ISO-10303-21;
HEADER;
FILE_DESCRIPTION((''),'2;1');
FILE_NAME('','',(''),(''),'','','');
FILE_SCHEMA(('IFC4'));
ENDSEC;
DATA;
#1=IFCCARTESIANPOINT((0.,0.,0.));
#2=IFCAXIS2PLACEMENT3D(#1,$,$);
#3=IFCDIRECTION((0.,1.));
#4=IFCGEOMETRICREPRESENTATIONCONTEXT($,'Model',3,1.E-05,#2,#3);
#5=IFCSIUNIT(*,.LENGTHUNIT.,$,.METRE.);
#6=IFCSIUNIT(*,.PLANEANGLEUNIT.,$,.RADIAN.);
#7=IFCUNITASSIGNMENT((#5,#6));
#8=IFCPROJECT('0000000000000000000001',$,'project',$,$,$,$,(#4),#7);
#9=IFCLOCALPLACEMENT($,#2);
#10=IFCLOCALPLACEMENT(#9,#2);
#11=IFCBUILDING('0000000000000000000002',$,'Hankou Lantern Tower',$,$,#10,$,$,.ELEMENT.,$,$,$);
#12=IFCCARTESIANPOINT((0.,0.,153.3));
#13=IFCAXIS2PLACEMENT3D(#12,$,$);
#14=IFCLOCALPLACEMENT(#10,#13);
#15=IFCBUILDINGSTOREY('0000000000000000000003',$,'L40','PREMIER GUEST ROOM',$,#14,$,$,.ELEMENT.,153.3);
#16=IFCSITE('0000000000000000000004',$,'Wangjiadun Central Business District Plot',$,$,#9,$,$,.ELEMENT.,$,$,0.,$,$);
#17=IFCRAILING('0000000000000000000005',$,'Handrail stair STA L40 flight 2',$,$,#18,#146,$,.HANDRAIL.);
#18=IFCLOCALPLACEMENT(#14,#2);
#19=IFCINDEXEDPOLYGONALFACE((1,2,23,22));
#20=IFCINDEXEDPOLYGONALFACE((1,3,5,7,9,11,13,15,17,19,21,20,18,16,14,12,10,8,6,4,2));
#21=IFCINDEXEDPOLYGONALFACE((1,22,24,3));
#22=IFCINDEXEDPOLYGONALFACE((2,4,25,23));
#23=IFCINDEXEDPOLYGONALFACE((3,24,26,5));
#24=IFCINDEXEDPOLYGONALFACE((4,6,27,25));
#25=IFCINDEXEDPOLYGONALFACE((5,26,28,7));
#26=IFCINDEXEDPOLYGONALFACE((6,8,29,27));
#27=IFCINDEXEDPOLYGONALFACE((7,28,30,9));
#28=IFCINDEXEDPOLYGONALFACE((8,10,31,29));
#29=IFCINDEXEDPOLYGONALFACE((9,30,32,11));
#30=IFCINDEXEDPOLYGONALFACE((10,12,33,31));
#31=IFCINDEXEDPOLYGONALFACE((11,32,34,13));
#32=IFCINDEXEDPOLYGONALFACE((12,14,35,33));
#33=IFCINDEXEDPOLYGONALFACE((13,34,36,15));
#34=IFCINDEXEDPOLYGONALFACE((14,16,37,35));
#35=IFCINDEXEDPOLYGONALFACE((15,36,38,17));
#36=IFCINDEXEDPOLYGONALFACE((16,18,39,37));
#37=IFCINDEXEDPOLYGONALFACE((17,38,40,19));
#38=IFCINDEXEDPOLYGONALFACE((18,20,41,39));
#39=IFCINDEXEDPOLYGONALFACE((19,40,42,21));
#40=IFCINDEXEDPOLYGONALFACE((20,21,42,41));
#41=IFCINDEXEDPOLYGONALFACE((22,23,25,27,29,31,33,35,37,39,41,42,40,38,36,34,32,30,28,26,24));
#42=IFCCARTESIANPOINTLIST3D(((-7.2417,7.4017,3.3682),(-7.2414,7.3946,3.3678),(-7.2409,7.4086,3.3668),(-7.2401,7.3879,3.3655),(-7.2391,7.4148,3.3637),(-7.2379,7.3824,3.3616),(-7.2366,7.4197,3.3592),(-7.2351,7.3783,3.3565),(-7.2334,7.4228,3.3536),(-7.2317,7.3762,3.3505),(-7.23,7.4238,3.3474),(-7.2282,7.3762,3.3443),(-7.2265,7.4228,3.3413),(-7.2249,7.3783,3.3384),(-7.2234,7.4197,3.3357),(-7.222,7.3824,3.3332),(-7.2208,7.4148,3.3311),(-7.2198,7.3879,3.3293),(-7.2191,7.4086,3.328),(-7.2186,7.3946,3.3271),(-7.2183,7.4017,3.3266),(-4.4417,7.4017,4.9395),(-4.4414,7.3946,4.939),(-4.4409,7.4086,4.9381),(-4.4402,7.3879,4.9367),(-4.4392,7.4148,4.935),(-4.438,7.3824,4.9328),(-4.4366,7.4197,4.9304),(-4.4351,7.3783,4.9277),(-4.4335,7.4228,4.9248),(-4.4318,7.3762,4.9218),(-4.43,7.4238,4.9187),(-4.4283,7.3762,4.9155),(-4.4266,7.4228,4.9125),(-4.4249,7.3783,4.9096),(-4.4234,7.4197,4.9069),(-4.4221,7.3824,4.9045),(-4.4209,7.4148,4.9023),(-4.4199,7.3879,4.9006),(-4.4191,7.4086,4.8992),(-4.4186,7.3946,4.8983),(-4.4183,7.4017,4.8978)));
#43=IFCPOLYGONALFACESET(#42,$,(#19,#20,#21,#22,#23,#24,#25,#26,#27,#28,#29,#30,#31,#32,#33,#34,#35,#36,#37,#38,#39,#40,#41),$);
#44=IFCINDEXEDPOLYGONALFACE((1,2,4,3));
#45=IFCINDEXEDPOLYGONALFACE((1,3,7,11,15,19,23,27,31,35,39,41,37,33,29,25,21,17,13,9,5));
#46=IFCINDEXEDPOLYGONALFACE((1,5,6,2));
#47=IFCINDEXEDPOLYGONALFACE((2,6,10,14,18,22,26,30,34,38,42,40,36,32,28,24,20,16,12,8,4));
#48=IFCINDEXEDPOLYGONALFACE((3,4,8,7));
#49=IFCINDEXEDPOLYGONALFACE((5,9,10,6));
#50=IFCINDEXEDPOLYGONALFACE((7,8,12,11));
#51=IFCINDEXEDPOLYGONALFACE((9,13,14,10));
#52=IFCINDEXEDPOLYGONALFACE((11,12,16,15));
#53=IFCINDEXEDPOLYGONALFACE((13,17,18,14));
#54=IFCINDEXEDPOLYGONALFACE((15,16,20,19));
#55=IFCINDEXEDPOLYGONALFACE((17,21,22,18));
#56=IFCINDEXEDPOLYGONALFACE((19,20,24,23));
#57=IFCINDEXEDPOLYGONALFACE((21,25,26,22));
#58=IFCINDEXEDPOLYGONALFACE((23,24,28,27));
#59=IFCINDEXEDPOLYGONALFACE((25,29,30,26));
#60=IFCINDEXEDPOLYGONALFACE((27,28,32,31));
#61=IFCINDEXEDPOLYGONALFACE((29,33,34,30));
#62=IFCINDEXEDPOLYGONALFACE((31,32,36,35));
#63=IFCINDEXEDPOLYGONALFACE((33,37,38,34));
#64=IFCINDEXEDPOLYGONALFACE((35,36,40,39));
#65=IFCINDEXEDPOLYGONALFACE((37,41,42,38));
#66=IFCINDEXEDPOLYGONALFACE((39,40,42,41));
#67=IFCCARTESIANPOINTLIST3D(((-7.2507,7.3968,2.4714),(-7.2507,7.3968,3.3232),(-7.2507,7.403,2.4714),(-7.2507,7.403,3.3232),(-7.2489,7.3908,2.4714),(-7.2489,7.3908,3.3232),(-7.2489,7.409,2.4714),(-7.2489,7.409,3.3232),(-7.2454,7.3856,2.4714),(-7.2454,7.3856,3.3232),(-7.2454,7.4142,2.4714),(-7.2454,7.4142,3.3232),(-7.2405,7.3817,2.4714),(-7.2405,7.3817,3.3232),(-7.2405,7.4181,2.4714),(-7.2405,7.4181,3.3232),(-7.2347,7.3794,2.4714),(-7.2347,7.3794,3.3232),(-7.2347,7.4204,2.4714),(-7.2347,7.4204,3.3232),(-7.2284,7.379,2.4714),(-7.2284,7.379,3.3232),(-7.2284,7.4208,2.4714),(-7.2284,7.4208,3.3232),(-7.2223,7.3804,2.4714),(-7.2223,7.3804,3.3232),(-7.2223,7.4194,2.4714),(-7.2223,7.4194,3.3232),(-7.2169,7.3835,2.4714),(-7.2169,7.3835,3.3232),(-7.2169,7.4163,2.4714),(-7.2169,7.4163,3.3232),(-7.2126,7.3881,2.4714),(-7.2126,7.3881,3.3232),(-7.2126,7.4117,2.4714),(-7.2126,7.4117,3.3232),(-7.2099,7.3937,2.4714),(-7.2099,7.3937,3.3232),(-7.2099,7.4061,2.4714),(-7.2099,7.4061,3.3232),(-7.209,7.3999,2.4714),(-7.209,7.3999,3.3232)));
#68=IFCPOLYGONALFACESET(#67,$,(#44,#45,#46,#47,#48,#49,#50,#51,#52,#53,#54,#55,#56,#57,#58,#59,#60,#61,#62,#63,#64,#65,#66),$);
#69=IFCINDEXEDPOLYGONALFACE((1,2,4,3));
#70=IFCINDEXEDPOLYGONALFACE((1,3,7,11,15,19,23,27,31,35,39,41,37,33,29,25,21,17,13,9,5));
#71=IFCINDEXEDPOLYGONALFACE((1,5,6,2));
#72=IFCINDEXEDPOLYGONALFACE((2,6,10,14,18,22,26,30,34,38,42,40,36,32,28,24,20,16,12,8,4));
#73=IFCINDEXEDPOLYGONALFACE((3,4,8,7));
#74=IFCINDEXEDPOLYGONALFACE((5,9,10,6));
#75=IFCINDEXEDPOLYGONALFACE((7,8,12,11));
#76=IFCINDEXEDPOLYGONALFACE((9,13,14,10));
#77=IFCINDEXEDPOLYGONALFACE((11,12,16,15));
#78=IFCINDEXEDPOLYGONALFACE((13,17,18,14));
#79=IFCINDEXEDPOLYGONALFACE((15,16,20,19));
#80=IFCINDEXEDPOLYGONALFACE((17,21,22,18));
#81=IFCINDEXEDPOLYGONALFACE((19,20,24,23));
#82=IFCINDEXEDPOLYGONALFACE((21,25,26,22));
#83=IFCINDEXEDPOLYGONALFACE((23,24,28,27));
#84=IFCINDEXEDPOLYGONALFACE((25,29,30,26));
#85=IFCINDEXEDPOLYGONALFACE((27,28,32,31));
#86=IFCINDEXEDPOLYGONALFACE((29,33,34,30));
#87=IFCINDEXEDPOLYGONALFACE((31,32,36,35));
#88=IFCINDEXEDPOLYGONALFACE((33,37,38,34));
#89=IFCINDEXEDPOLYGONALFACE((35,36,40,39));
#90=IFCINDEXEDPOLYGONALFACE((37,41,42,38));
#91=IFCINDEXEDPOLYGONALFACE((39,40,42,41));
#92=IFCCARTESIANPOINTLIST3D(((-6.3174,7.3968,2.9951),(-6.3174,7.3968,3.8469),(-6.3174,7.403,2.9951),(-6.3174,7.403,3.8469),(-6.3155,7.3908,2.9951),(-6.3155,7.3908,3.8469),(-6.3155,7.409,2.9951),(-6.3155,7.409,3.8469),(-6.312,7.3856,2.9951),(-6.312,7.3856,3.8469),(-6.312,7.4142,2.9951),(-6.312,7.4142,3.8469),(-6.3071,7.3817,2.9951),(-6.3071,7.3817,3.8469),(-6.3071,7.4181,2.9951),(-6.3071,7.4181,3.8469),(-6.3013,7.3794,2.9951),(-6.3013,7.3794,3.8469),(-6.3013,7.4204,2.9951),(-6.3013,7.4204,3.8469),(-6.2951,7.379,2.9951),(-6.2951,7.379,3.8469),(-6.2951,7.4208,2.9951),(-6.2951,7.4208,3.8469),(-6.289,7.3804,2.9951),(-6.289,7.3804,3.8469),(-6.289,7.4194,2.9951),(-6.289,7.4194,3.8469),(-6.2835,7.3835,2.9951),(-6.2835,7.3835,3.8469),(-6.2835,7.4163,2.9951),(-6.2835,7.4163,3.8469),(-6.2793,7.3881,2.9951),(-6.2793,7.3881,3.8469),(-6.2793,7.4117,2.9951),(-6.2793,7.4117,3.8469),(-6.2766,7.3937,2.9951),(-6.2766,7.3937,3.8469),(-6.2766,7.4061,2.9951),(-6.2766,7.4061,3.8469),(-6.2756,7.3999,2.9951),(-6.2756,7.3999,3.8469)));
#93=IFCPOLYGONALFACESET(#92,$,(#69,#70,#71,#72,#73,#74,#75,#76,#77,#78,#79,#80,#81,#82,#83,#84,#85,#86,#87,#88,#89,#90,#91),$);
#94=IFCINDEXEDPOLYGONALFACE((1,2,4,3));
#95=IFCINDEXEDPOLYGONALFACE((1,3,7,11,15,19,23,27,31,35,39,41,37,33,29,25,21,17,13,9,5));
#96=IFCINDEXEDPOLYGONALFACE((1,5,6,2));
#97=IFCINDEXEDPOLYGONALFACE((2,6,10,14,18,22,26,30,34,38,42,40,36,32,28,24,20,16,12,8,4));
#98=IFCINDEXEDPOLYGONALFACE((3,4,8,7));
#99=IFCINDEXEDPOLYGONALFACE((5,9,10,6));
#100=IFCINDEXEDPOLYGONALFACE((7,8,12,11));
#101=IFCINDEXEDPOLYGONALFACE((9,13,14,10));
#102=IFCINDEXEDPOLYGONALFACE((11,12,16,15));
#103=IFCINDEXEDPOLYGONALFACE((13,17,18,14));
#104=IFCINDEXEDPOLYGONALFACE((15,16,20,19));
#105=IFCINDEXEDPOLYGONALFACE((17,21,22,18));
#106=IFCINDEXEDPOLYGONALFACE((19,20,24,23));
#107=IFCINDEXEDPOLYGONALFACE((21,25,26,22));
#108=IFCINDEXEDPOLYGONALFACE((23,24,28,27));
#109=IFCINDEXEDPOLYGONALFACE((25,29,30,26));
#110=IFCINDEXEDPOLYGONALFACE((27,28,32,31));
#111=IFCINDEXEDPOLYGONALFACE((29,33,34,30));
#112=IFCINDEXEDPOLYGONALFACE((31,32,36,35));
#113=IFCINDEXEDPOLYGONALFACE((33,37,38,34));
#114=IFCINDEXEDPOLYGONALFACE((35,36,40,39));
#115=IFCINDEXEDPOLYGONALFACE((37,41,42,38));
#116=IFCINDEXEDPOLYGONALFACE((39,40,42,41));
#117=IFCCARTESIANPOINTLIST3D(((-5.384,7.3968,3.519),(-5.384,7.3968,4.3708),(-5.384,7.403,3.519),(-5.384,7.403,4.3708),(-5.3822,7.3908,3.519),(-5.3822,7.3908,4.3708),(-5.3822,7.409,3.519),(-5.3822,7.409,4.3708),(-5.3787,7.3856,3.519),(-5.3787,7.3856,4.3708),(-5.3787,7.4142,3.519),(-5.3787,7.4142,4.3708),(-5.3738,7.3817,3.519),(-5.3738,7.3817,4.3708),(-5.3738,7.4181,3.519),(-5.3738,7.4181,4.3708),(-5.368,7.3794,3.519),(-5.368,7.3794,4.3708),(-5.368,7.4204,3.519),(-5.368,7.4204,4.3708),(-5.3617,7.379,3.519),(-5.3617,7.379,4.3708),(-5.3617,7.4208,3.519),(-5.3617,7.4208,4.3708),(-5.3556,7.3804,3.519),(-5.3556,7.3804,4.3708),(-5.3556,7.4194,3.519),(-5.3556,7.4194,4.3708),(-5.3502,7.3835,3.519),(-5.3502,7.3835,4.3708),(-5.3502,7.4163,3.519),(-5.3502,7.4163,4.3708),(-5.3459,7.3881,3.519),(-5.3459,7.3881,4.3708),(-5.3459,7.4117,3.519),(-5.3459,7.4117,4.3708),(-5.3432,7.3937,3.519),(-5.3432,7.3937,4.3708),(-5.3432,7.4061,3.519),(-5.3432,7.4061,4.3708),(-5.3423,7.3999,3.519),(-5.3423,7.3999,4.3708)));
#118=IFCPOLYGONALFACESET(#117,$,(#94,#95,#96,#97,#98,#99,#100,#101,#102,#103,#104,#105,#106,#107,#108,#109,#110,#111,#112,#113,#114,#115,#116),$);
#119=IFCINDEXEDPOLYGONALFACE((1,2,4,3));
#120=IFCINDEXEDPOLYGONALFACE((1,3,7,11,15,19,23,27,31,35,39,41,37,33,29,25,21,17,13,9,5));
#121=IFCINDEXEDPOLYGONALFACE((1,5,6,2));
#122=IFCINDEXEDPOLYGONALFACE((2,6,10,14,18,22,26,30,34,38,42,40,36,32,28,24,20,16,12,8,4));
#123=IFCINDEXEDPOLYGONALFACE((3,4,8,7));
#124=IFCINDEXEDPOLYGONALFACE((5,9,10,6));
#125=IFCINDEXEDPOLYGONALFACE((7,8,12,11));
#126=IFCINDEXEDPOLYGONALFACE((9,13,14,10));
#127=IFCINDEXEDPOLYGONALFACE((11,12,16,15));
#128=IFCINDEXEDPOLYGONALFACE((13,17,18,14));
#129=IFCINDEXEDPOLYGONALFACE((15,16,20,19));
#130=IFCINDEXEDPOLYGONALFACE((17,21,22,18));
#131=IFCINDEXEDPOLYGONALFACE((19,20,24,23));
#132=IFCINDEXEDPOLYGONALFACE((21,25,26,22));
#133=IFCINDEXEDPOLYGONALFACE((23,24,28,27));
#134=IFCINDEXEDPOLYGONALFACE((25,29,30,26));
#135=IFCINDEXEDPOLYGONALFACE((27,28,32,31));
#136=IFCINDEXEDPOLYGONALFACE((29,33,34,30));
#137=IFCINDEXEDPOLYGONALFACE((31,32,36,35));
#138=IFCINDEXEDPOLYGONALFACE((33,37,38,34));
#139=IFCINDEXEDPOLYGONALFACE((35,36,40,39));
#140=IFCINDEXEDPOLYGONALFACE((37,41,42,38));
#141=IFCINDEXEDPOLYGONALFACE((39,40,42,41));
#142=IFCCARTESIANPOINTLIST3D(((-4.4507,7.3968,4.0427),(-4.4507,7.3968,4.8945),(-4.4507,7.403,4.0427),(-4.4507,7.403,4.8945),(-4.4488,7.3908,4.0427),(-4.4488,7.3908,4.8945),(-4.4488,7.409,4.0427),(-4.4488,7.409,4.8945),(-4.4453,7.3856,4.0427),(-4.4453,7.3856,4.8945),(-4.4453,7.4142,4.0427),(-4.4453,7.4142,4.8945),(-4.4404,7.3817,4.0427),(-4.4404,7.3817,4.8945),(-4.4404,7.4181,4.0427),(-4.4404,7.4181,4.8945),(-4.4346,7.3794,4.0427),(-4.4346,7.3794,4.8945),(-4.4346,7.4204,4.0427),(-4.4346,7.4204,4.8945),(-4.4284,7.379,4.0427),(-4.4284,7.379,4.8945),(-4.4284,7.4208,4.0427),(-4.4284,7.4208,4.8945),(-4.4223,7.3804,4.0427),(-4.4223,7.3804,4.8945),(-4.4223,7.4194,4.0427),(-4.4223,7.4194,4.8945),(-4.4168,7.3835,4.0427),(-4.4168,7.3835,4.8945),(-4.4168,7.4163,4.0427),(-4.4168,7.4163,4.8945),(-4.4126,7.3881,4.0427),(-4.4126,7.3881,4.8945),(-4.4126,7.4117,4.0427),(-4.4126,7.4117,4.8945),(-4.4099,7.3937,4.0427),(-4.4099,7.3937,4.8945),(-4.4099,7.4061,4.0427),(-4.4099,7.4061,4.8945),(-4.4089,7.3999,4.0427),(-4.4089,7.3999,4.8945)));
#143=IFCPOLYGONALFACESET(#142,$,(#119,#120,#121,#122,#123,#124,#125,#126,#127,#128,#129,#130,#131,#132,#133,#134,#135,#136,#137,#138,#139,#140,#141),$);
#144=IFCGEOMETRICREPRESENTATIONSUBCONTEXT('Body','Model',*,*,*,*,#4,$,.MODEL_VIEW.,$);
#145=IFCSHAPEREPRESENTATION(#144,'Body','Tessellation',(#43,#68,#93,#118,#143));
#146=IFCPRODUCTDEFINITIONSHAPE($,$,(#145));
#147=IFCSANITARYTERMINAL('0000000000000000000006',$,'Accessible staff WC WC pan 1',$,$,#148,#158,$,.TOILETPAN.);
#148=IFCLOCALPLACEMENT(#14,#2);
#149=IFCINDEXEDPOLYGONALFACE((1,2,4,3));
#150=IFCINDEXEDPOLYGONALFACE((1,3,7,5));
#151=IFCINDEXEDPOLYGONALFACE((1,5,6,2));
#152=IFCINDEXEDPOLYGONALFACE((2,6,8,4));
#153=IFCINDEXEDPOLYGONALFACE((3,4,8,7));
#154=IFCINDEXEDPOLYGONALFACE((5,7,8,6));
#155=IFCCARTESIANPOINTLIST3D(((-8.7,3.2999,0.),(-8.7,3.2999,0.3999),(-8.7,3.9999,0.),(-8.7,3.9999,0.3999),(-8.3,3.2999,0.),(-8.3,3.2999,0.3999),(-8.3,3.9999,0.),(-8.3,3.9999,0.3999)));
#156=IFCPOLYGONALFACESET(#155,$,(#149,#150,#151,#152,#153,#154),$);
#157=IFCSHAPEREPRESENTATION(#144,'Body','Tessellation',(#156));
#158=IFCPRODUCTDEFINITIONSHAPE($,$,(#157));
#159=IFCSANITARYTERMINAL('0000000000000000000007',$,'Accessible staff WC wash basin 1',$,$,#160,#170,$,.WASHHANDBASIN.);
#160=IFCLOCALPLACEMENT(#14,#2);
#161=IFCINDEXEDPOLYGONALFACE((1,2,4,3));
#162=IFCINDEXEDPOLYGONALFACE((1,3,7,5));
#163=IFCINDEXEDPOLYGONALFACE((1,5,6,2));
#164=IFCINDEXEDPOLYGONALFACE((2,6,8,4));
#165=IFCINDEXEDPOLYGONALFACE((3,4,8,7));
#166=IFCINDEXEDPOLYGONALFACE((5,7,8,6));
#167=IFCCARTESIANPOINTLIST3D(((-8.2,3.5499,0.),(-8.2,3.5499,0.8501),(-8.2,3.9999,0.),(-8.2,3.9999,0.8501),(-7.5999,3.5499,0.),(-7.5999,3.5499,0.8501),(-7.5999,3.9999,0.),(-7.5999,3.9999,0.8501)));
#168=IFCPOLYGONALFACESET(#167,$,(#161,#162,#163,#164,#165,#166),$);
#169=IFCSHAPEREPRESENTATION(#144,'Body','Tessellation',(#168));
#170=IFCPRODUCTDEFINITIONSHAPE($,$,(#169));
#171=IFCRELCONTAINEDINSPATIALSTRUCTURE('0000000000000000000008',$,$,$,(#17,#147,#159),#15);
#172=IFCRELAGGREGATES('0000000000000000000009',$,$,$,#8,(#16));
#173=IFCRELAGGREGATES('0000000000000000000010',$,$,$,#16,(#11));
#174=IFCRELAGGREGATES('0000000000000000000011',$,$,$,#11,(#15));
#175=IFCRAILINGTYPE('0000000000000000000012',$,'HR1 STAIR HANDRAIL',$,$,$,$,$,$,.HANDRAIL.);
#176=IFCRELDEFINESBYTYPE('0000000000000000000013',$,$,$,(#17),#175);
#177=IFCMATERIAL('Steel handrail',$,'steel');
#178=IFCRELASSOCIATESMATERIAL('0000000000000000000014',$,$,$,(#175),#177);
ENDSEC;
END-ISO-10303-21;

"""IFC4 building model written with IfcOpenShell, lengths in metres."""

from ifc_helpers import new_model, si_unit, direction, frame, origin, origin_2d, place, context, subcontext, project, spatial, rectangle, circle, extrude, material, type_object, element, save


model = new_model("IFC4")

# Units and contexts
model_context = context("Model", 3, precision=1e-05, world=origin(), true_north=direction((0.0, 1.0)))
body_context = subcontext(model_context, "Body", "Model", "MODEL_VIEW")
ifc_project = project(units=[si_unit("LENGTHUNIT", "METRE"), si_unit("PLANEANGLEUNIT", "RADIAN")], contexts=[model_context])

# Site, building, storey
site_placement = place(None, origin())
site = spatial("IfcSite", under=ifc_project, at=site_placement, Name="Wangjiadun Central Business District Plot", CompositionType="ELEMENT", RefElevation=0.0)
building_placement = place(site_placement, origin())
building = spatial("IfcBuilding", under=site, at=building_placement, Name="Hankou Lantern Tower", CompositionType="ELEMENT")
storey_placement = place(building_placement, frame((0.0, 0.0, 153.3)))
storey = spatial("IfcBuildingStorey", under=building, at=storey_placement, Name="L40", Description="PREMIER GUEST ROOM", CompositionType="ELEMENT", Elevation=153.3)

# Railing
ifc_material_1 = material(Name="Steel handrail", Category="steel")
railing_type = type_object("IfcRailingType", Name="HR1 STAIR HANDRAIL", PredefinedType="HANDRAIL", material=ifc_material_1)
railing_1_placement = place(storey_placement, frame((-7.23, 7.3999, 2.4714)))
element("IfcRailing", 1, at=railing_1_placement, inside=storey, type_object=railing_type, Name="Handrail stair STA L40 flight 2", PredefinedType="HANDRAIL", context=body_context, shape_type="SweptSolid", body=[
    extrude(circle(Radius=0.0239, at=origin_2d()), frame((0.0, 0.0, 0.876), z_axis=(0.872073, 0.0, 0.489377), x_axis=(0.0, 1.0, 0.0)), (0.0, 0.0, 1.0), 3.2107),
    extrude(circle(Radius=0.021, at=origin_2d()), origin(), (0.0, 0.0, 1.0), 0.8518),
    extrude(circle(Radius=0.021, at=origin_2d()), frame((0.9333, 0.0, 0.5237)), (0.0, 0.0, 1.0), 0.8518),
    extrude(circle(Radius=0.021, at=origin_2d()), frame((1.8667, 0.0, 1.0476)), (0.0, 0.0, 1.0), 0.8518),
    extrude(circle(Radius=0.021, at=origin_2d()), frame((2.8, 0.0, 1.5713)), (0.0, 0.0, 1.0), 0.8518),
])

# Sanitary terminals
sanitary_terminal_1_placement = place(storey_placement, frame((-8.5, 3.6499, 0.0), z_axis=(0.0, 0.0, 1.0), x_axis=(1.0, 0.0, 0.0)))
element("IfcSanitaryTerminal", 2, at=sanitary_terminal_1_placement, inside=storey, Name="Accessible staff WC WC pan 1", PredefinedType="TOILETPAN", context=body_context, shape_type="SweptSolid", body=[
    extrude(rectangle(XDim=0.3999, YDim=0.7, at=origin_2d()), origin(), (0.0, 0.0, 1.0), 0.3999),
])
sanitary_terminal_2_placement = place(storey_placement, frame((-7.8999, 3.7749, 0.0), z_axis=(0.0, 0.0, 1.0), x_axis=(1.0, 0.0, 0.0)))
element("IfcSanitaryTerminal", 3, at=sanitary_terminal_2_placement, inside=storey, Name="Accessible staff WC wash basin 1", PredefinedType="WASHHANDBASIN", context=body_context, shape_type="SweptSolid", body=[
    extrude(rectangle(XDim=0.6001, YDim=0.45, at=origin_2d()), origin(), (0.0, 0.0, 1.0), 0.8501),
])

save(model, "model.ifc")
